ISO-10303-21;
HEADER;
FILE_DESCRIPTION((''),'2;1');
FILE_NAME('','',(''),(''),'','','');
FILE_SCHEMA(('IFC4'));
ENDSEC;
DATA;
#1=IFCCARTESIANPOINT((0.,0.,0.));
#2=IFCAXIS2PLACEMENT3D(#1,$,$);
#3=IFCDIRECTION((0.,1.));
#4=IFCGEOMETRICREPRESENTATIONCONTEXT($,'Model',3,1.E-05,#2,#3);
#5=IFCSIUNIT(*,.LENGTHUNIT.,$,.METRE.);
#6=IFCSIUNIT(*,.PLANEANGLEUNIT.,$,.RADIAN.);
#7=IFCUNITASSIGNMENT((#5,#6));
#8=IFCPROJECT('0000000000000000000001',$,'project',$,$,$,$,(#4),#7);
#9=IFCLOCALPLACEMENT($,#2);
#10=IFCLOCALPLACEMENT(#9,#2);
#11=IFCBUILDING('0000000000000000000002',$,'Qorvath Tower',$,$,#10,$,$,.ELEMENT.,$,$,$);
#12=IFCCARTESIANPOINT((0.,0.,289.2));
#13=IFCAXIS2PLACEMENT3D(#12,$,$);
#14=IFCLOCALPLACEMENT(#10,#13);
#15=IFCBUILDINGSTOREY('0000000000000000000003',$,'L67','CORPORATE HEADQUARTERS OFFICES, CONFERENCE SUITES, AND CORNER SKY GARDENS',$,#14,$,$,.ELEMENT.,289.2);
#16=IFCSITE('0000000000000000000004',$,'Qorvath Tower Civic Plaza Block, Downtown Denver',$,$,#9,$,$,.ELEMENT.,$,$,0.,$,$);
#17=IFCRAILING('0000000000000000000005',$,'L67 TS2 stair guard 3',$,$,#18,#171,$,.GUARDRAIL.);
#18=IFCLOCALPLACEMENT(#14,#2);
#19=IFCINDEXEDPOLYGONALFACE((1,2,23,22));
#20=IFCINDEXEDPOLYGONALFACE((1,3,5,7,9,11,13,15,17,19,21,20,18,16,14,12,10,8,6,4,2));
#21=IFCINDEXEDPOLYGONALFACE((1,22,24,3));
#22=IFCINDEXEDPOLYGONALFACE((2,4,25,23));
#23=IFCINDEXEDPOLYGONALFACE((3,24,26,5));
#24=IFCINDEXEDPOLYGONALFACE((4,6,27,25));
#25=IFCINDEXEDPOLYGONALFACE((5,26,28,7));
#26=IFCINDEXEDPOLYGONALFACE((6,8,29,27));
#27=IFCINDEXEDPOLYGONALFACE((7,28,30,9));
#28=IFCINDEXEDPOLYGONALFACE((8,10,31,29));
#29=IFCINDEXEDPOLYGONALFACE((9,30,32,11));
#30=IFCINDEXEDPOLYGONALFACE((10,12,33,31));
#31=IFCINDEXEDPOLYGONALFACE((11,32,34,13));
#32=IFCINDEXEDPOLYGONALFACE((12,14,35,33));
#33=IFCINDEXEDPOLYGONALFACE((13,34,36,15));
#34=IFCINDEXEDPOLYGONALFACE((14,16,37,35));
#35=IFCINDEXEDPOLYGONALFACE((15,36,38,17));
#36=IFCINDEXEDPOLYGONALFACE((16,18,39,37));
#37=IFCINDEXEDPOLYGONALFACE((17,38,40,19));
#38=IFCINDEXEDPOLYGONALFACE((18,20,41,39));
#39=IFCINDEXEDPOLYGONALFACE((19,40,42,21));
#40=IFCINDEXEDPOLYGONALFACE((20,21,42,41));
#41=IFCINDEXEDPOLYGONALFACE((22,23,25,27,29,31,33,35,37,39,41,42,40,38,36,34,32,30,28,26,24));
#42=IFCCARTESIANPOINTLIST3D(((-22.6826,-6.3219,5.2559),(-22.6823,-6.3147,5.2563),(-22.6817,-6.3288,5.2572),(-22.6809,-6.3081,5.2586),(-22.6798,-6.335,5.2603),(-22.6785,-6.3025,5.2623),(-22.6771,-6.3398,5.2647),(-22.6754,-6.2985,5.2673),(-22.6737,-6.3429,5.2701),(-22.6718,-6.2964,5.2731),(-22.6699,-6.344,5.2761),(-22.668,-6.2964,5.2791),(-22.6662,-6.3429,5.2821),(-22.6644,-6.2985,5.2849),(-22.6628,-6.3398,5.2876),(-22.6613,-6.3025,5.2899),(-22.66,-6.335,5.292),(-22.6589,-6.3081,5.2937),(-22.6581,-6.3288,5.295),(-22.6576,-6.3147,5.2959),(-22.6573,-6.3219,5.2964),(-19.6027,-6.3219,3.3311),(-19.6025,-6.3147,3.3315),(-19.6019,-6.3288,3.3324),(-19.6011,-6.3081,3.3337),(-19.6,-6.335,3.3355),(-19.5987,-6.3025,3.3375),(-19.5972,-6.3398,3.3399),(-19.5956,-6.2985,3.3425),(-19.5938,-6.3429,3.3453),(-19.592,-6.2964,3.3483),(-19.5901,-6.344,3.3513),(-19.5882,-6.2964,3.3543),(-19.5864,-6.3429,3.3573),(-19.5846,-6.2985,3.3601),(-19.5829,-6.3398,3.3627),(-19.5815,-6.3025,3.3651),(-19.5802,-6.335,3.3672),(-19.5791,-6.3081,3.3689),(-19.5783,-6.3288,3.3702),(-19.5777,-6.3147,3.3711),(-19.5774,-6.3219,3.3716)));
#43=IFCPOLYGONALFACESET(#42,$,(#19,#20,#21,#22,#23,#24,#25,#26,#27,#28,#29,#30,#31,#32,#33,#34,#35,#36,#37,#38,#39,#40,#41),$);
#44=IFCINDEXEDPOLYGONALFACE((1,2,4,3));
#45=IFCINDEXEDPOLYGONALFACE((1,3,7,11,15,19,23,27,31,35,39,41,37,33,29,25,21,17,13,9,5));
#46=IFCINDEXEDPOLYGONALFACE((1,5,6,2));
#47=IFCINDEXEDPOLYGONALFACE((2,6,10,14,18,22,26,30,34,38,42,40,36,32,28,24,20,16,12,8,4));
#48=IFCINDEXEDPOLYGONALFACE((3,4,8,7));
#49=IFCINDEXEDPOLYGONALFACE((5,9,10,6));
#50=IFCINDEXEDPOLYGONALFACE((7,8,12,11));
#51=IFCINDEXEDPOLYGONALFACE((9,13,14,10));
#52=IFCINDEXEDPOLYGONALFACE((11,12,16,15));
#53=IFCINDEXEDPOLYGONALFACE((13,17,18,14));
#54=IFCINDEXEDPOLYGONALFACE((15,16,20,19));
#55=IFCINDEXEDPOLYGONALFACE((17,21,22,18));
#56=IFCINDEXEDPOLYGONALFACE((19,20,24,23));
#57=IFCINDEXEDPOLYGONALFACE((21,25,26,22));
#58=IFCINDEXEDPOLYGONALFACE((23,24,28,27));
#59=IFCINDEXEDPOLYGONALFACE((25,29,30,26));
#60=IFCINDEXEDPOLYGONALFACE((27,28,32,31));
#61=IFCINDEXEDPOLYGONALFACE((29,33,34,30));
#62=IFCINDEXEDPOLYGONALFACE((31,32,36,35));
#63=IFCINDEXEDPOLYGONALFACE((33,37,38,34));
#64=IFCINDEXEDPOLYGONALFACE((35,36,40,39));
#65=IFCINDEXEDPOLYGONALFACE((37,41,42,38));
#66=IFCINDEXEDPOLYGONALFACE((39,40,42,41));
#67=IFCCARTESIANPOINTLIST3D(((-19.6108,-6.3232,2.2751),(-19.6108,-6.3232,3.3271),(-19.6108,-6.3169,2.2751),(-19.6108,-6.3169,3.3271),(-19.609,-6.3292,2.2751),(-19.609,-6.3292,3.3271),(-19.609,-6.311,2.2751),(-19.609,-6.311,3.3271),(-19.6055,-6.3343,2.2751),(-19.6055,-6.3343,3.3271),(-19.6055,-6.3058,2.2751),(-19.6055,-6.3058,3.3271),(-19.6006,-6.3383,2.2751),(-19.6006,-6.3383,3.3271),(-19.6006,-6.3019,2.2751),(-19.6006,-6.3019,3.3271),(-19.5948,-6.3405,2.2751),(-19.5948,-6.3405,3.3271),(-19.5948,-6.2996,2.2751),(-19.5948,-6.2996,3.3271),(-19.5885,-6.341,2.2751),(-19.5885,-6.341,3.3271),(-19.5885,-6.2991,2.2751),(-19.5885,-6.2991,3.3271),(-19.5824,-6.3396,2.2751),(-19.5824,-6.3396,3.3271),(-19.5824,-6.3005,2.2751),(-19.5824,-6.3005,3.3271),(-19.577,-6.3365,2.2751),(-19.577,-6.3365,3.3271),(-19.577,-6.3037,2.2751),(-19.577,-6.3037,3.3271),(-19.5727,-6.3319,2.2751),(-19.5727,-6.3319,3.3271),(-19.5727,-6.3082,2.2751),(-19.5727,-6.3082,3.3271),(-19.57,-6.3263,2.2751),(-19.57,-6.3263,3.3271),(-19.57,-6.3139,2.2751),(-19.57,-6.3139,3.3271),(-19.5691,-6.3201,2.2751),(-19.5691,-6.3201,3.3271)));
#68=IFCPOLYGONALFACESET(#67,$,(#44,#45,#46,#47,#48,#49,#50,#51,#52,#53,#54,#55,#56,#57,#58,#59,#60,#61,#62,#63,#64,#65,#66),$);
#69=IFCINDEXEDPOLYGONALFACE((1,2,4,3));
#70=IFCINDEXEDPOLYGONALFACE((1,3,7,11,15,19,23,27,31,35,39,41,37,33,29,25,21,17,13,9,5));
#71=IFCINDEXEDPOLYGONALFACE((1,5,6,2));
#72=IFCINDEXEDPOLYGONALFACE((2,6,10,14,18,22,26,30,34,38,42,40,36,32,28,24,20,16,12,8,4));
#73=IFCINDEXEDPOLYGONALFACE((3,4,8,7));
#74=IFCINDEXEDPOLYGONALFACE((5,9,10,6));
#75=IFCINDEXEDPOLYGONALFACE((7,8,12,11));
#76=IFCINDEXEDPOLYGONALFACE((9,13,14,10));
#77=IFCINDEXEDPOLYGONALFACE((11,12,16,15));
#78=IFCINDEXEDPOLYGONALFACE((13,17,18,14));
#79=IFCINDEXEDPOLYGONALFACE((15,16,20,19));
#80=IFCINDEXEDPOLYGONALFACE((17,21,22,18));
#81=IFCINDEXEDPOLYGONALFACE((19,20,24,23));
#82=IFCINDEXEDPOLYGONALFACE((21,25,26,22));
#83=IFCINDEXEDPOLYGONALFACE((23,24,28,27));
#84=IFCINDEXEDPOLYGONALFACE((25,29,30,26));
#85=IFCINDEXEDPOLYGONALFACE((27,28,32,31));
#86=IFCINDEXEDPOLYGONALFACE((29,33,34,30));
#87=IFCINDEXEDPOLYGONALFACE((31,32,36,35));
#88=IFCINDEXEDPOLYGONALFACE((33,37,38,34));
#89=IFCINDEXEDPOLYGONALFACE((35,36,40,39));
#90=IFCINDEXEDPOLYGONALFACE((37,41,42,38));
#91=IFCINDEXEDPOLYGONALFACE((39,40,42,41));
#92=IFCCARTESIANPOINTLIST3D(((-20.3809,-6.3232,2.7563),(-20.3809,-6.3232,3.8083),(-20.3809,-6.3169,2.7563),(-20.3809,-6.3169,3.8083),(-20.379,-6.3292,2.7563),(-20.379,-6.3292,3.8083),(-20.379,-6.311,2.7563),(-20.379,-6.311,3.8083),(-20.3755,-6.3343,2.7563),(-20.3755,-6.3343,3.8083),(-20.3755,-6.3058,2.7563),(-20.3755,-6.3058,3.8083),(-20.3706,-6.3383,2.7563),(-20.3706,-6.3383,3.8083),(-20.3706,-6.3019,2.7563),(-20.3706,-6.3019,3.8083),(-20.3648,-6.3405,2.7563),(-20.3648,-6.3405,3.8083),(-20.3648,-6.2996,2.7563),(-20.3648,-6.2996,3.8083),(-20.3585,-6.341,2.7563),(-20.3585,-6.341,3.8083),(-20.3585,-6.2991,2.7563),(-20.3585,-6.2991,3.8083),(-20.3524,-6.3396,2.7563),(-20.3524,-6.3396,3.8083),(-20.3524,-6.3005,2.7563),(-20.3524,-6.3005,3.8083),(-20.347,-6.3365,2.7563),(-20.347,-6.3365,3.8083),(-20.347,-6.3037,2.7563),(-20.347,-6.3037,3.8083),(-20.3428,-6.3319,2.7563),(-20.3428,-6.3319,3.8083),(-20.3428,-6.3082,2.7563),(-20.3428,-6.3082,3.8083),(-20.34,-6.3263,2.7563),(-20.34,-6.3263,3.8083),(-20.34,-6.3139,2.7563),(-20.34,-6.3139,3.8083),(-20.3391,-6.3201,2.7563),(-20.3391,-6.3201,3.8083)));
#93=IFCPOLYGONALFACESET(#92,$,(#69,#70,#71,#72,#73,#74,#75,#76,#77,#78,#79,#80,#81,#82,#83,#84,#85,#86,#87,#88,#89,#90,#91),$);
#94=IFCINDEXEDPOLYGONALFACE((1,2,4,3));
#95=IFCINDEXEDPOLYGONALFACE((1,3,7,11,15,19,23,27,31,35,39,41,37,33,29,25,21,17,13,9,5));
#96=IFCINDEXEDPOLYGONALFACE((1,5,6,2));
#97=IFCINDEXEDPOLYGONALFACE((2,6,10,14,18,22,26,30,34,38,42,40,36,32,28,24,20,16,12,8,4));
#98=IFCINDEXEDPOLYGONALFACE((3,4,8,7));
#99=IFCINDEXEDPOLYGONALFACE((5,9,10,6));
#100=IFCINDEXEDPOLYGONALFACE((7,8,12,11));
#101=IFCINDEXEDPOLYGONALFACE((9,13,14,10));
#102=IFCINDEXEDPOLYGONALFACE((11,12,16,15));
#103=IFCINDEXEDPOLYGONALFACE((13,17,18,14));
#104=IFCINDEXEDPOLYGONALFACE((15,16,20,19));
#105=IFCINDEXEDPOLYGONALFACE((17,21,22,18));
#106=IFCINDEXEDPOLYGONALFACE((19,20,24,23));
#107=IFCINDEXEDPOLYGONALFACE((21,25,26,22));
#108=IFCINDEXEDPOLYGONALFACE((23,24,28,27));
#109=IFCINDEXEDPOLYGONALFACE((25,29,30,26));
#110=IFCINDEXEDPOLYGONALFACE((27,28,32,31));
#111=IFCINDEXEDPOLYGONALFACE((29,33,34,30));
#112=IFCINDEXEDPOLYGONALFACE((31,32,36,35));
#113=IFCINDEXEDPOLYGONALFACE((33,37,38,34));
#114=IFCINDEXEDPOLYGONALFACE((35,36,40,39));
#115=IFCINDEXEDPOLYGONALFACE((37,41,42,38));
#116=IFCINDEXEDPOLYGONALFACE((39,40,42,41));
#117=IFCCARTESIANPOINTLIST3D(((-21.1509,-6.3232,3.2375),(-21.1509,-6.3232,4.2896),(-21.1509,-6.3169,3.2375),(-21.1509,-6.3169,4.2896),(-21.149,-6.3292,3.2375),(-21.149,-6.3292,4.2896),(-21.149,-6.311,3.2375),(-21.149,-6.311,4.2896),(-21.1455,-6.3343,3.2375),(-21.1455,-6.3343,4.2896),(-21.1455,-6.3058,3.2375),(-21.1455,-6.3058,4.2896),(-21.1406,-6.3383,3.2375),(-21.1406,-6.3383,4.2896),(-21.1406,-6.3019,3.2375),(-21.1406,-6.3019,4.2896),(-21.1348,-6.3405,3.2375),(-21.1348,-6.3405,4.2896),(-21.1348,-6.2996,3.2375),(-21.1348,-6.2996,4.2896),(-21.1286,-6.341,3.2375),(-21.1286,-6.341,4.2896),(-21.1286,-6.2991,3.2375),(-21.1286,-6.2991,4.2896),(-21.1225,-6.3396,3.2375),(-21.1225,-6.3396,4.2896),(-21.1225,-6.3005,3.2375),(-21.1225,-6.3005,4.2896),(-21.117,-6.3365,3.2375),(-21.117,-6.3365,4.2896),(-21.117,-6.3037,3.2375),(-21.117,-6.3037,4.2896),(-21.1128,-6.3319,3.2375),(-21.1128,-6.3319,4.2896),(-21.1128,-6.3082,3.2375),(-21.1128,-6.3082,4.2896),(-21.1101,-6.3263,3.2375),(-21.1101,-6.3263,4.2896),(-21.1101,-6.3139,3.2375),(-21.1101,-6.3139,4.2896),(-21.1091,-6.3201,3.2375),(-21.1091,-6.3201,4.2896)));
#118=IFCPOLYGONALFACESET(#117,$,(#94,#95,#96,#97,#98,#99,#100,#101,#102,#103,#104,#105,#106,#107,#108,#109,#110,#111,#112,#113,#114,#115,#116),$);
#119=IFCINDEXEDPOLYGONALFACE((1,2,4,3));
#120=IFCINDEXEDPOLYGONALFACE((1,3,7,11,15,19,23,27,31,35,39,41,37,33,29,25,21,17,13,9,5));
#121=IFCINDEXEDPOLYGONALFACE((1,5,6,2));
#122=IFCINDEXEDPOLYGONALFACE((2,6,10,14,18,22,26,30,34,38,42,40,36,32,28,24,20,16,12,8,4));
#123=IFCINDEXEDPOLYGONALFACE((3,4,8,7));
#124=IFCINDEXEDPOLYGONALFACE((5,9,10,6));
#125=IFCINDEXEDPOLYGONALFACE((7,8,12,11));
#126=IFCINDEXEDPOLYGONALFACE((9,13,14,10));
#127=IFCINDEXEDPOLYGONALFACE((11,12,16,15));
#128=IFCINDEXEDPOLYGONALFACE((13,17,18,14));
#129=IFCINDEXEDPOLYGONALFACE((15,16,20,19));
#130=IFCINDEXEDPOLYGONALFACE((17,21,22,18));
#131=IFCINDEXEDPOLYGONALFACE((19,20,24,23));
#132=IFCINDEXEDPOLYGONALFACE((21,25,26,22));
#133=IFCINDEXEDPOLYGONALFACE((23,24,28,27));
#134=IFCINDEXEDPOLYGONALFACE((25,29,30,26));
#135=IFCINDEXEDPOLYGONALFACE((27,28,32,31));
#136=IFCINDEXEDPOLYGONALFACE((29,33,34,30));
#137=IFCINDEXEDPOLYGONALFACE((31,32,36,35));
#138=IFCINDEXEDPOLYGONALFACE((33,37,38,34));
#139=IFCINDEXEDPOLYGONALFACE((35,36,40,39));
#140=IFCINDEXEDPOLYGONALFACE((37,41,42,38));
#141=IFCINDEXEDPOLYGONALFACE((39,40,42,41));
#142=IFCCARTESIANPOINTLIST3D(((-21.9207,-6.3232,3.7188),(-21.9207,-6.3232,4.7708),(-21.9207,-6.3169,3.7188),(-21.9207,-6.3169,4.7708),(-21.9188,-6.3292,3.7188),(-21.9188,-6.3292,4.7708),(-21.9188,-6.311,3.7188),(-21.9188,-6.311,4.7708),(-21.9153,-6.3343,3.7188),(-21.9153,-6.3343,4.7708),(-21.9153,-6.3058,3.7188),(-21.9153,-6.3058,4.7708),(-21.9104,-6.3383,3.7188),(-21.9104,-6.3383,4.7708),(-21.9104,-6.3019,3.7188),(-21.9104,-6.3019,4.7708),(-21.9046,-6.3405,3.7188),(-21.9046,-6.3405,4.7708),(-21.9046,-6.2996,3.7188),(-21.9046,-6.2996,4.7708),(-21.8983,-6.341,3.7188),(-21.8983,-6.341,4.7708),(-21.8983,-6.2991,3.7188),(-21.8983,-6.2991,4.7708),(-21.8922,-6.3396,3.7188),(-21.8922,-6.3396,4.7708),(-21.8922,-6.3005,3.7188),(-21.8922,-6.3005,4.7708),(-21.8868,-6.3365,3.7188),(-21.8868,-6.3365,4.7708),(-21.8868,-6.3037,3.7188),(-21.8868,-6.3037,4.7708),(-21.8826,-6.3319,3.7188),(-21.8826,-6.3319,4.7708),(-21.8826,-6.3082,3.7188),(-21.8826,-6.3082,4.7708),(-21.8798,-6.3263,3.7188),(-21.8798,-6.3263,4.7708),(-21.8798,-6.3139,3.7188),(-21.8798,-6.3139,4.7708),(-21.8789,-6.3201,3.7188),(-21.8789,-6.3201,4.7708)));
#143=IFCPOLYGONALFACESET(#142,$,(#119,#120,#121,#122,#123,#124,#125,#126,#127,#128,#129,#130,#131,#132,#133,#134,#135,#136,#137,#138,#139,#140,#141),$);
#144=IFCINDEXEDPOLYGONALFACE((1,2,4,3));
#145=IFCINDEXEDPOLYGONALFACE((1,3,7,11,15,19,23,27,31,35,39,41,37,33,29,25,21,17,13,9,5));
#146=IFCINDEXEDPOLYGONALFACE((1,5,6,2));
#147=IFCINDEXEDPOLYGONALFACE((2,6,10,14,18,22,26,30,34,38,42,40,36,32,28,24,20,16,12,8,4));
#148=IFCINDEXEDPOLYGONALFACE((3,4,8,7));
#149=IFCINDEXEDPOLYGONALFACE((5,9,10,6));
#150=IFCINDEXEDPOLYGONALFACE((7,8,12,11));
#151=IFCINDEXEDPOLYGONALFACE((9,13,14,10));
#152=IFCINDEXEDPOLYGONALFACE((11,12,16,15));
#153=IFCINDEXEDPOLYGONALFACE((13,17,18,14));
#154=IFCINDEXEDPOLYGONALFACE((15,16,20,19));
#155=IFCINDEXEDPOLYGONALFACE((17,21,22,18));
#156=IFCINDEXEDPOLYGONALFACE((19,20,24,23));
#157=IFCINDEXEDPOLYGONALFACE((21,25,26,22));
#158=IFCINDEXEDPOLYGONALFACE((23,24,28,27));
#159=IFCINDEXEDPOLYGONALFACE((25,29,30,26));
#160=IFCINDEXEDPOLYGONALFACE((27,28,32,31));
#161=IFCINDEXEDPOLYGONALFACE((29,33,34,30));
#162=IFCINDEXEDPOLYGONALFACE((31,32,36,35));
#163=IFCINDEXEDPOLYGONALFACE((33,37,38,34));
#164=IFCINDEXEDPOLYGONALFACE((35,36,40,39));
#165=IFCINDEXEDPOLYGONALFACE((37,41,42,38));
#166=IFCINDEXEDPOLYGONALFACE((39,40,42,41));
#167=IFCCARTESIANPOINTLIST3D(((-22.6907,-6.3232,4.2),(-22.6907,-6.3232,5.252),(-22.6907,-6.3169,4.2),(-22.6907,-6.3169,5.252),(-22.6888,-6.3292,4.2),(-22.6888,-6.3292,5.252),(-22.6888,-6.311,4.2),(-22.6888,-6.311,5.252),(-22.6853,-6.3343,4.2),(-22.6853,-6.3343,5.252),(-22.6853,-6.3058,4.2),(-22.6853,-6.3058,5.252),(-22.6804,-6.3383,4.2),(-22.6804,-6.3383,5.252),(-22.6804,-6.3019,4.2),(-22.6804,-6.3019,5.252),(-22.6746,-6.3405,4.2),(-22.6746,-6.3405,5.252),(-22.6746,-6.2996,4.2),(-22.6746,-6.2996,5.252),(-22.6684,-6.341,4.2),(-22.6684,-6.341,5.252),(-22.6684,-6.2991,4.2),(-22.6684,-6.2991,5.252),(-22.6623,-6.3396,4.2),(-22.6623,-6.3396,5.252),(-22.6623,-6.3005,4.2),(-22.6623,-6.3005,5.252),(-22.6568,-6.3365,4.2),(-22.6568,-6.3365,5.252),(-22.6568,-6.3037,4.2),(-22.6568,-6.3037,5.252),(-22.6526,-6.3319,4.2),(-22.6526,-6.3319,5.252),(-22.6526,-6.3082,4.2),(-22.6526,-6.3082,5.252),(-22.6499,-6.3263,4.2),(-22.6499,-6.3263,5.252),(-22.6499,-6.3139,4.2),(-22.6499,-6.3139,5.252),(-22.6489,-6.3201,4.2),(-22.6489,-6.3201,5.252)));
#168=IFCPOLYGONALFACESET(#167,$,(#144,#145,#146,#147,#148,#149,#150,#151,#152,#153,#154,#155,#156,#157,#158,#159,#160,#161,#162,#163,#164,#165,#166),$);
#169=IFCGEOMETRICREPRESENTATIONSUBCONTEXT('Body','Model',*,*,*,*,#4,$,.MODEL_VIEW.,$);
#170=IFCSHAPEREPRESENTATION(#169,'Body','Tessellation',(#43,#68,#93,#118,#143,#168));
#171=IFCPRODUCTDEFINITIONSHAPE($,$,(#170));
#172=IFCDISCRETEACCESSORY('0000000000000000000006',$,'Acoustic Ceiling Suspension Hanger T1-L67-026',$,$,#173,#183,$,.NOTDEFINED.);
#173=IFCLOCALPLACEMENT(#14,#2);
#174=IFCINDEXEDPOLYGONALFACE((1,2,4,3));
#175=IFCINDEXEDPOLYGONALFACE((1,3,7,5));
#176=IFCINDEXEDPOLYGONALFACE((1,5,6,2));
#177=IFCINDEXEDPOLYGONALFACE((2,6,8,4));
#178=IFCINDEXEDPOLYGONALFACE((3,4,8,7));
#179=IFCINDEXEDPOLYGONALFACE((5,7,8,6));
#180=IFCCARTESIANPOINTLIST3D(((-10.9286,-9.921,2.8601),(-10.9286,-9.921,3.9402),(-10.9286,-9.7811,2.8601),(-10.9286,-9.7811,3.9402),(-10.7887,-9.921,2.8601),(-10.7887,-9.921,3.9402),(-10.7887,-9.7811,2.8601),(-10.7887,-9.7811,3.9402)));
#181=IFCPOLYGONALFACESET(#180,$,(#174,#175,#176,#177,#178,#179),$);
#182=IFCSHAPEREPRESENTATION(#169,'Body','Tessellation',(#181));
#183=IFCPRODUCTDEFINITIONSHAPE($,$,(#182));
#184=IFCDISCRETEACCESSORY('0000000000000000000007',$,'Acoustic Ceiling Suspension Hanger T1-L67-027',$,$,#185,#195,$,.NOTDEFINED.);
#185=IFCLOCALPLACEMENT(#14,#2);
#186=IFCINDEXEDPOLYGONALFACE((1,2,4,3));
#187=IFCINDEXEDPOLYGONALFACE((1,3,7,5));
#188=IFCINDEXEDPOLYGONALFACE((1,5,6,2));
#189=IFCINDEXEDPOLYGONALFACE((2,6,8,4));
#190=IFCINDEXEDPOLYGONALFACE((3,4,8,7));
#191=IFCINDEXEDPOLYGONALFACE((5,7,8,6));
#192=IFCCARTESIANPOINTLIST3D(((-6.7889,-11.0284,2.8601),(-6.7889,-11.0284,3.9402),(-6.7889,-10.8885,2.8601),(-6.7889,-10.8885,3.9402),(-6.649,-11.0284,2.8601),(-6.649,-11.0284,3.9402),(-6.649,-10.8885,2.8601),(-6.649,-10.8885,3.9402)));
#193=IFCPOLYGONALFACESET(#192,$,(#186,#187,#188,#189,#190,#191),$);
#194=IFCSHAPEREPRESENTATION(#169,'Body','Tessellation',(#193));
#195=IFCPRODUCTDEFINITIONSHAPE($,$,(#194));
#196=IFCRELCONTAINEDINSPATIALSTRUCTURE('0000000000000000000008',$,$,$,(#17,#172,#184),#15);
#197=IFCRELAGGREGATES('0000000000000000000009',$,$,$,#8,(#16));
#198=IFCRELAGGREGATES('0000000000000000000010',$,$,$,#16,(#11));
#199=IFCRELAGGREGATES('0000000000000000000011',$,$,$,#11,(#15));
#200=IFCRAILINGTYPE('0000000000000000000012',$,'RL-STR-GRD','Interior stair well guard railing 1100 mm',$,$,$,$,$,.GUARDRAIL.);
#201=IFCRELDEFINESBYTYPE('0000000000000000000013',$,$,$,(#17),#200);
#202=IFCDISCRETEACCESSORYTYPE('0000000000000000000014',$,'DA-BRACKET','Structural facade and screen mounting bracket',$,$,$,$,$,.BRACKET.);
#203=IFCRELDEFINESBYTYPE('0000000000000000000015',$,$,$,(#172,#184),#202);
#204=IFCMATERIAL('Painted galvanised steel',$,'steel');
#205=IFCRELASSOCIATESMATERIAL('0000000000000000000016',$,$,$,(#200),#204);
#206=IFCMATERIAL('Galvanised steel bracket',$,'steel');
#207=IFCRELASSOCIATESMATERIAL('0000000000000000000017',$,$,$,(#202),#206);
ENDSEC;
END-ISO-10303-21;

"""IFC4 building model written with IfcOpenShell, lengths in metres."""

from ifc_helpers import new_model, si_unit, direction, frame, origin, origin_2d, place, context, subcontext, project, spatial, rectangle, circle, extrude, material, type_object, element, save


model = new_model("IFC4")

# Units and contexts
model_context = context("Model", 3, precision=1e-05, world=origin(), true_north=direction((0.0, 1.0)))
body_context = subcontext(model_context, "Body", "Model", "MODEL_VIEW")
ifc_project = project(units=[si_unit("LENGTHUNIT", "METRE"), si_unit("PLANEANGLEUNIT", "RADIAN")], contexts=[model_context])

# Site, building, storey
site_placement = place(None, origin())
site = spatial("IfcSite", under=ifc_project, at=site_placement, Name="Qorvath Tower Civic Plaza Block, Downtown Denver", CompositionType="ELEMENT", RefElevation=0.0)
building_placement = place(site_placement, origin())
building = spatial("IfcBuilding", under=site, at=building_placement, Name="Qorvath Tower", CompositionType="ELEMENT")
storey_placement = place(building_placement, frame((0.0, 0.0, 289.2)))
storey = spatial("IfcBuildingStorey", under=building, at=storey_placement, Name="L67", Description="CORPORATE HEADQUARTERS OFFICES, CONFERENCE SUITES, AND CORNER SKY GARDENS", CompositionType="ELEMENT", Elevation=289.2)

# Railing
ifc_material_1 = material(Name="Painted galvanised steel", Category="steel")
railing_type = type_object("IfcRailingType", Name="RL-STR-GRD", Description="Interior stair well guard railing 1100 mm", PredefinedType="GUARDRAIL", material=ifc_material_1)
railing_1_placement = place(storey_placement, frame((-19.5901, -6.3201, 2.2751)))
element("IfcRailing", 1, at=railing_1_placement, inside=storey, type_object=railing_type, Name="L67 TS2 stair guard 3", PredefinedType="GUARDRAIL", context=body_context, shape_type="SweptSolid", body=[
    extrude(circle(Radius=0.0239, at=origin_2d()), frame((0.0, 0.0, 1.0762), z_axis=(-0.84801, 0.0, 0.529981), x_axis=(0.0, -1.0, 0.0)), (0.0, 0.0, 1.0), 3.6318),
    extrude(circle(Radius=0.021, at=origin_2d()), origin(), (0.0, 0.0, 1.0), 1.052),
    extrude(circle(Radius=0.021, at=origin_2d()), frame((-0.77, 0.0, 0.4812)), (0.0, 0.0, 1.0), 1.052),
    extrude(circle(Radius=0.021, at=origin_2d()), frame((-1.54, 0.0, 0.9624)), (0.0, 0.0, 1.0), 1.052),
    extrude(circle(Radius=0.021, at=origin_2d()), frame((-2.3098, 0.0, 1.4436)), (0.0, 0.0, 1.0), 1.052),
    extrude(circle(Radius=0.021, at=origin_2d()), frame((-3.0798, 0.0, 1.9248)), (0.0, 0.0, 1.0), 1.052),
])

# Discrete accessories
ifc_material_2 = material(Name="Galvanised steel bracket", Category="steel")
discrete_accessory_type = type_object("IfcDiscreteAccessoryType", Name="DA-BRACKET", Description="Structural facade and screen mounting bracket", PredefinedType="BRACKET", material=ifc_material_2)
for number, where, z_axis, x_axis, name in (
    (2, (-10.8586, -9.8511, 2.8601), (0.0, 0.0, 1.0), (1.0, 0.0, 0.0), "Acoustic Ceiling Suspension Hanger T1-L67-026"),
    (3, (-6.719, -10.9585, 2.8601), (0.0, 0.0, 1.0), (1.0, 0.0, 0.0), "Acoustic Ceiling Suspension Hanger T1-L67-027"),
):
    element("IfcDiscreteAccessory", number, at=place(storey_placement, frame(where, z_axis=z_axis, x_axis=x_axis)), inside=storey, type_object=discrete_accessory_type, Name=name, PredefinedType="NOTDEFINED", context=body_context, shape_type="SweptSolid", body=[
        extrude(rectangle(XDim=0.1399, YDim=0.1399, at=origin_2d()), origin(), (0.0, 0.0, 1.0), 1.0801),
    ])

save(model, "model.ifc")
